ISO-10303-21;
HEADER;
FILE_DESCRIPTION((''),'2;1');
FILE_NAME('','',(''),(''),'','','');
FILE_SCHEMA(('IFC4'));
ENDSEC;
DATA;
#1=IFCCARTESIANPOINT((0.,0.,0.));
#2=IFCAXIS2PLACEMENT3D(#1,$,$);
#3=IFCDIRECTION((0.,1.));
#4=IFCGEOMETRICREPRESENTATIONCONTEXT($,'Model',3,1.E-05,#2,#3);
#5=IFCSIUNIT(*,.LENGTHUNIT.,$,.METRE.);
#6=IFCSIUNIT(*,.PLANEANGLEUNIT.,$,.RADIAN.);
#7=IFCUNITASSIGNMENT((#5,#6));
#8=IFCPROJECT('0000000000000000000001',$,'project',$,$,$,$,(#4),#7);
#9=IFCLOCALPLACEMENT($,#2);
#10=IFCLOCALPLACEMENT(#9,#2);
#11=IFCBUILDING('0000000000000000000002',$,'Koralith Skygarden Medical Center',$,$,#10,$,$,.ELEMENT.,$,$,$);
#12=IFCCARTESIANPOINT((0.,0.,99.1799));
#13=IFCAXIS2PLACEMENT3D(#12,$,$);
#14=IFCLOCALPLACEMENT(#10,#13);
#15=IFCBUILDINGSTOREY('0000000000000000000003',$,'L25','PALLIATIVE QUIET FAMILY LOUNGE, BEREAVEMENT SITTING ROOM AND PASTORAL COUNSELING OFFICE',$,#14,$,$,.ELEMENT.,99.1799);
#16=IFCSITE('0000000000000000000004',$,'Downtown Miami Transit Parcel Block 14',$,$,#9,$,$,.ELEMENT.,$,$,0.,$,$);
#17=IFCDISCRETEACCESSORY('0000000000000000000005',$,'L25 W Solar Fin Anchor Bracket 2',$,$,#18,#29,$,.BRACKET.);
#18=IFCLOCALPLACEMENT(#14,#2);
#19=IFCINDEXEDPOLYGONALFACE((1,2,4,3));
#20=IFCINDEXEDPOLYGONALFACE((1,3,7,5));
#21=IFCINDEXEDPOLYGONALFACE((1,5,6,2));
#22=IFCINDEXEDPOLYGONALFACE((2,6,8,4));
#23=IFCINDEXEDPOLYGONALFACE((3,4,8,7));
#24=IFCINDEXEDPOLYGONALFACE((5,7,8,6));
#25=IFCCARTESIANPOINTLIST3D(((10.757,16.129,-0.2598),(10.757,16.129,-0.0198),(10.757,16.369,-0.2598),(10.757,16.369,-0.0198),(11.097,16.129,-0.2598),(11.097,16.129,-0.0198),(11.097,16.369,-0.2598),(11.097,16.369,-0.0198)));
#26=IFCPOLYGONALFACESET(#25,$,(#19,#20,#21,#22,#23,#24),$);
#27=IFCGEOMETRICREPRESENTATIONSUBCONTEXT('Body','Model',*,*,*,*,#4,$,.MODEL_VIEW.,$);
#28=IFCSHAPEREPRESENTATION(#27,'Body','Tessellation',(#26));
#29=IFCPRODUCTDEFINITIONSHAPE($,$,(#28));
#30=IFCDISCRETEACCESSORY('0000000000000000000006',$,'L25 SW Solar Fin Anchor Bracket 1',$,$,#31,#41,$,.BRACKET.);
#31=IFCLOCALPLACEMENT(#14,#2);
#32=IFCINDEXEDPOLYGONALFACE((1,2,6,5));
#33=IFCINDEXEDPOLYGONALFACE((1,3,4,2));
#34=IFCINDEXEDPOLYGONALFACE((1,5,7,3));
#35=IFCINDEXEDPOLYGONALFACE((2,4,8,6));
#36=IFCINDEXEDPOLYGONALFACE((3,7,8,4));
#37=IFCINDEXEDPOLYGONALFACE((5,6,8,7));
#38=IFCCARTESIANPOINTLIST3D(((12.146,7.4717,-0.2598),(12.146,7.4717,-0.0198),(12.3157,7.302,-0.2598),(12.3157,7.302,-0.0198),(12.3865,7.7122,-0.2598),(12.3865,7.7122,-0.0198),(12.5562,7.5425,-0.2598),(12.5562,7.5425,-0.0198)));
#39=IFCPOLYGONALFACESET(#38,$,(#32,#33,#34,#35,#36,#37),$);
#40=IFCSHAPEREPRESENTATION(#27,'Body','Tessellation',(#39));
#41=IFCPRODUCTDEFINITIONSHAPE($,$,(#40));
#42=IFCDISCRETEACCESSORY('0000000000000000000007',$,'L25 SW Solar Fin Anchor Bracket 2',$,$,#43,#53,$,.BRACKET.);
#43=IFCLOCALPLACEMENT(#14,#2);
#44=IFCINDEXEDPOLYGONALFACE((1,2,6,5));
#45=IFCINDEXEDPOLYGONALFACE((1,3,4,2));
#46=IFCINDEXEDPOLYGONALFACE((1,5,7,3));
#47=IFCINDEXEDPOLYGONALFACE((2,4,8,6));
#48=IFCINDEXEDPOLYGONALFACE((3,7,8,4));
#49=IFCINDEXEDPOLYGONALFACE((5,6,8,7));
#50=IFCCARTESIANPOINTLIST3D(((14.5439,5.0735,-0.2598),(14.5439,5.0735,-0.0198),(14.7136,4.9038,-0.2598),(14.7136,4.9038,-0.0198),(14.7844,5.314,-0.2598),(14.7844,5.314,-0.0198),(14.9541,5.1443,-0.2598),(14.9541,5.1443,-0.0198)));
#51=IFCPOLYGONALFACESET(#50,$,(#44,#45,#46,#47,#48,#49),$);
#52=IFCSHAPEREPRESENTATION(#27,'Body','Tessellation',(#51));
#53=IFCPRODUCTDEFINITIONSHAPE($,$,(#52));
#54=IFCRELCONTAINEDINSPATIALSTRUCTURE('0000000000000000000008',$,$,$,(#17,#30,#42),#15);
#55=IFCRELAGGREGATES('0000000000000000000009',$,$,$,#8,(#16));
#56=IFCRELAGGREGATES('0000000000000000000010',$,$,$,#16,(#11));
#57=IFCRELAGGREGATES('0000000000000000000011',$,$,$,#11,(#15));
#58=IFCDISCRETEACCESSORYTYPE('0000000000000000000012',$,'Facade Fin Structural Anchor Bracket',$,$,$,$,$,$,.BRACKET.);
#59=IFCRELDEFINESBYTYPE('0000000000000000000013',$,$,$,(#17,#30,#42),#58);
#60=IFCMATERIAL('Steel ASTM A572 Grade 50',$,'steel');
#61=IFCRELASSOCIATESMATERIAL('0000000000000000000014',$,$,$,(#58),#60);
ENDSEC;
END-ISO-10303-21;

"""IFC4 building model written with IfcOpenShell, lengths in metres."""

from ifc_helpers import new_model, si_unit, direction, frame, origin, origin_2d, place, context, subcontext, project, spatial, rectangle, extrude, material, type_object, element, save


model = new_model("IFC4")

# Units and contexts
model_context = context("Model", 3, precision=1e-05, world=origin(), true_north=direction((0.0, 1.0)))
body_context = subcontext(model_context, "Body", "Model", "MODEL_VIEW")
ifc_project = project(units=[si_unit("LENGTHUNIT", "METRE"), si_unit("PLANEANGLEUNIT", "RADIAN")], contexts=[model_context])

# Site, building, storey
site_placement = place(None, origin())
site = spatial("IfcSite", under=ifc_project, at=site_placement, Name="Downtown Miami Transit Parcel Block 14", CompositionType="ELEMENT", RefElevation=0.0)
building_placement = place(site_placement, origin())
building = spatial("IfcBuilding", under=site, at=building_placement, Name="Koralith Skygarden Medical Center", CompositionType="ELEMENT")
storey_placement = place(building_placement, frame((0.0, 0.0, 99.1799)))
storey = spatial("IfcBuildingStorey", under=building, at=storey_placement, Name="L25", Description="PALLIATIVE QUIET FAMILY LOUNGE, BEREAVEMENT SITTING ROOM AND PASTORAL COUNSELING OFFICE", CompositionType="ELEMENT", Elevation=99.1799)

# Discrete accessories
ifc_material_1 = material(Name="Steel ASTM A572 Grade 50", Category="steel")
discrete_accessory_type = type_object("IfcDiscreteAccessoryType", Name="Facade Fin Structural Anchor Bracket", PredefinedType="BRACKET", material=ifc_material_1)
for number, where, z_axis, x_axis, name in (
    (1, (10.927, 16.249, -0.2598), (0.0, 0.0, 1.0), (-1.0, 0.0, 0.0), "L25 W Solar Fin Anchor Bracket 2"),
    (2, (12.3511, 7.5071, -0.2598), (0.0, 0.0, 1.0), (-0.707107, -0.707107, 0.0), "L25 SW Solar Fin Anchor Bracket 1"),
    (3, (14.749, 5.1089, -0.2598), (0.0, 0.0, 1.0), (-0.707107, -0.707107, 0.0), "L25 SW Solar Fin Anchor Bracket 2"),
):
    element("IfcDiscreteAccessory", number, at=place(storey_placement, frame(where, z_axis=z_axis, x_axis=x_axis)), inside=storey, type_object=discrete_accessory_type, Name=name, PredefinedType="BRACKET", context=body_context, shape_type="SweptSolid", body=[
        extrude(rectangle(XDim=0.3401, YDim=0.24, at=origin_2d()), origin(), (0.0, 0.0, 1.0), 0.24),
    ])

save(model, "model.ifc")
